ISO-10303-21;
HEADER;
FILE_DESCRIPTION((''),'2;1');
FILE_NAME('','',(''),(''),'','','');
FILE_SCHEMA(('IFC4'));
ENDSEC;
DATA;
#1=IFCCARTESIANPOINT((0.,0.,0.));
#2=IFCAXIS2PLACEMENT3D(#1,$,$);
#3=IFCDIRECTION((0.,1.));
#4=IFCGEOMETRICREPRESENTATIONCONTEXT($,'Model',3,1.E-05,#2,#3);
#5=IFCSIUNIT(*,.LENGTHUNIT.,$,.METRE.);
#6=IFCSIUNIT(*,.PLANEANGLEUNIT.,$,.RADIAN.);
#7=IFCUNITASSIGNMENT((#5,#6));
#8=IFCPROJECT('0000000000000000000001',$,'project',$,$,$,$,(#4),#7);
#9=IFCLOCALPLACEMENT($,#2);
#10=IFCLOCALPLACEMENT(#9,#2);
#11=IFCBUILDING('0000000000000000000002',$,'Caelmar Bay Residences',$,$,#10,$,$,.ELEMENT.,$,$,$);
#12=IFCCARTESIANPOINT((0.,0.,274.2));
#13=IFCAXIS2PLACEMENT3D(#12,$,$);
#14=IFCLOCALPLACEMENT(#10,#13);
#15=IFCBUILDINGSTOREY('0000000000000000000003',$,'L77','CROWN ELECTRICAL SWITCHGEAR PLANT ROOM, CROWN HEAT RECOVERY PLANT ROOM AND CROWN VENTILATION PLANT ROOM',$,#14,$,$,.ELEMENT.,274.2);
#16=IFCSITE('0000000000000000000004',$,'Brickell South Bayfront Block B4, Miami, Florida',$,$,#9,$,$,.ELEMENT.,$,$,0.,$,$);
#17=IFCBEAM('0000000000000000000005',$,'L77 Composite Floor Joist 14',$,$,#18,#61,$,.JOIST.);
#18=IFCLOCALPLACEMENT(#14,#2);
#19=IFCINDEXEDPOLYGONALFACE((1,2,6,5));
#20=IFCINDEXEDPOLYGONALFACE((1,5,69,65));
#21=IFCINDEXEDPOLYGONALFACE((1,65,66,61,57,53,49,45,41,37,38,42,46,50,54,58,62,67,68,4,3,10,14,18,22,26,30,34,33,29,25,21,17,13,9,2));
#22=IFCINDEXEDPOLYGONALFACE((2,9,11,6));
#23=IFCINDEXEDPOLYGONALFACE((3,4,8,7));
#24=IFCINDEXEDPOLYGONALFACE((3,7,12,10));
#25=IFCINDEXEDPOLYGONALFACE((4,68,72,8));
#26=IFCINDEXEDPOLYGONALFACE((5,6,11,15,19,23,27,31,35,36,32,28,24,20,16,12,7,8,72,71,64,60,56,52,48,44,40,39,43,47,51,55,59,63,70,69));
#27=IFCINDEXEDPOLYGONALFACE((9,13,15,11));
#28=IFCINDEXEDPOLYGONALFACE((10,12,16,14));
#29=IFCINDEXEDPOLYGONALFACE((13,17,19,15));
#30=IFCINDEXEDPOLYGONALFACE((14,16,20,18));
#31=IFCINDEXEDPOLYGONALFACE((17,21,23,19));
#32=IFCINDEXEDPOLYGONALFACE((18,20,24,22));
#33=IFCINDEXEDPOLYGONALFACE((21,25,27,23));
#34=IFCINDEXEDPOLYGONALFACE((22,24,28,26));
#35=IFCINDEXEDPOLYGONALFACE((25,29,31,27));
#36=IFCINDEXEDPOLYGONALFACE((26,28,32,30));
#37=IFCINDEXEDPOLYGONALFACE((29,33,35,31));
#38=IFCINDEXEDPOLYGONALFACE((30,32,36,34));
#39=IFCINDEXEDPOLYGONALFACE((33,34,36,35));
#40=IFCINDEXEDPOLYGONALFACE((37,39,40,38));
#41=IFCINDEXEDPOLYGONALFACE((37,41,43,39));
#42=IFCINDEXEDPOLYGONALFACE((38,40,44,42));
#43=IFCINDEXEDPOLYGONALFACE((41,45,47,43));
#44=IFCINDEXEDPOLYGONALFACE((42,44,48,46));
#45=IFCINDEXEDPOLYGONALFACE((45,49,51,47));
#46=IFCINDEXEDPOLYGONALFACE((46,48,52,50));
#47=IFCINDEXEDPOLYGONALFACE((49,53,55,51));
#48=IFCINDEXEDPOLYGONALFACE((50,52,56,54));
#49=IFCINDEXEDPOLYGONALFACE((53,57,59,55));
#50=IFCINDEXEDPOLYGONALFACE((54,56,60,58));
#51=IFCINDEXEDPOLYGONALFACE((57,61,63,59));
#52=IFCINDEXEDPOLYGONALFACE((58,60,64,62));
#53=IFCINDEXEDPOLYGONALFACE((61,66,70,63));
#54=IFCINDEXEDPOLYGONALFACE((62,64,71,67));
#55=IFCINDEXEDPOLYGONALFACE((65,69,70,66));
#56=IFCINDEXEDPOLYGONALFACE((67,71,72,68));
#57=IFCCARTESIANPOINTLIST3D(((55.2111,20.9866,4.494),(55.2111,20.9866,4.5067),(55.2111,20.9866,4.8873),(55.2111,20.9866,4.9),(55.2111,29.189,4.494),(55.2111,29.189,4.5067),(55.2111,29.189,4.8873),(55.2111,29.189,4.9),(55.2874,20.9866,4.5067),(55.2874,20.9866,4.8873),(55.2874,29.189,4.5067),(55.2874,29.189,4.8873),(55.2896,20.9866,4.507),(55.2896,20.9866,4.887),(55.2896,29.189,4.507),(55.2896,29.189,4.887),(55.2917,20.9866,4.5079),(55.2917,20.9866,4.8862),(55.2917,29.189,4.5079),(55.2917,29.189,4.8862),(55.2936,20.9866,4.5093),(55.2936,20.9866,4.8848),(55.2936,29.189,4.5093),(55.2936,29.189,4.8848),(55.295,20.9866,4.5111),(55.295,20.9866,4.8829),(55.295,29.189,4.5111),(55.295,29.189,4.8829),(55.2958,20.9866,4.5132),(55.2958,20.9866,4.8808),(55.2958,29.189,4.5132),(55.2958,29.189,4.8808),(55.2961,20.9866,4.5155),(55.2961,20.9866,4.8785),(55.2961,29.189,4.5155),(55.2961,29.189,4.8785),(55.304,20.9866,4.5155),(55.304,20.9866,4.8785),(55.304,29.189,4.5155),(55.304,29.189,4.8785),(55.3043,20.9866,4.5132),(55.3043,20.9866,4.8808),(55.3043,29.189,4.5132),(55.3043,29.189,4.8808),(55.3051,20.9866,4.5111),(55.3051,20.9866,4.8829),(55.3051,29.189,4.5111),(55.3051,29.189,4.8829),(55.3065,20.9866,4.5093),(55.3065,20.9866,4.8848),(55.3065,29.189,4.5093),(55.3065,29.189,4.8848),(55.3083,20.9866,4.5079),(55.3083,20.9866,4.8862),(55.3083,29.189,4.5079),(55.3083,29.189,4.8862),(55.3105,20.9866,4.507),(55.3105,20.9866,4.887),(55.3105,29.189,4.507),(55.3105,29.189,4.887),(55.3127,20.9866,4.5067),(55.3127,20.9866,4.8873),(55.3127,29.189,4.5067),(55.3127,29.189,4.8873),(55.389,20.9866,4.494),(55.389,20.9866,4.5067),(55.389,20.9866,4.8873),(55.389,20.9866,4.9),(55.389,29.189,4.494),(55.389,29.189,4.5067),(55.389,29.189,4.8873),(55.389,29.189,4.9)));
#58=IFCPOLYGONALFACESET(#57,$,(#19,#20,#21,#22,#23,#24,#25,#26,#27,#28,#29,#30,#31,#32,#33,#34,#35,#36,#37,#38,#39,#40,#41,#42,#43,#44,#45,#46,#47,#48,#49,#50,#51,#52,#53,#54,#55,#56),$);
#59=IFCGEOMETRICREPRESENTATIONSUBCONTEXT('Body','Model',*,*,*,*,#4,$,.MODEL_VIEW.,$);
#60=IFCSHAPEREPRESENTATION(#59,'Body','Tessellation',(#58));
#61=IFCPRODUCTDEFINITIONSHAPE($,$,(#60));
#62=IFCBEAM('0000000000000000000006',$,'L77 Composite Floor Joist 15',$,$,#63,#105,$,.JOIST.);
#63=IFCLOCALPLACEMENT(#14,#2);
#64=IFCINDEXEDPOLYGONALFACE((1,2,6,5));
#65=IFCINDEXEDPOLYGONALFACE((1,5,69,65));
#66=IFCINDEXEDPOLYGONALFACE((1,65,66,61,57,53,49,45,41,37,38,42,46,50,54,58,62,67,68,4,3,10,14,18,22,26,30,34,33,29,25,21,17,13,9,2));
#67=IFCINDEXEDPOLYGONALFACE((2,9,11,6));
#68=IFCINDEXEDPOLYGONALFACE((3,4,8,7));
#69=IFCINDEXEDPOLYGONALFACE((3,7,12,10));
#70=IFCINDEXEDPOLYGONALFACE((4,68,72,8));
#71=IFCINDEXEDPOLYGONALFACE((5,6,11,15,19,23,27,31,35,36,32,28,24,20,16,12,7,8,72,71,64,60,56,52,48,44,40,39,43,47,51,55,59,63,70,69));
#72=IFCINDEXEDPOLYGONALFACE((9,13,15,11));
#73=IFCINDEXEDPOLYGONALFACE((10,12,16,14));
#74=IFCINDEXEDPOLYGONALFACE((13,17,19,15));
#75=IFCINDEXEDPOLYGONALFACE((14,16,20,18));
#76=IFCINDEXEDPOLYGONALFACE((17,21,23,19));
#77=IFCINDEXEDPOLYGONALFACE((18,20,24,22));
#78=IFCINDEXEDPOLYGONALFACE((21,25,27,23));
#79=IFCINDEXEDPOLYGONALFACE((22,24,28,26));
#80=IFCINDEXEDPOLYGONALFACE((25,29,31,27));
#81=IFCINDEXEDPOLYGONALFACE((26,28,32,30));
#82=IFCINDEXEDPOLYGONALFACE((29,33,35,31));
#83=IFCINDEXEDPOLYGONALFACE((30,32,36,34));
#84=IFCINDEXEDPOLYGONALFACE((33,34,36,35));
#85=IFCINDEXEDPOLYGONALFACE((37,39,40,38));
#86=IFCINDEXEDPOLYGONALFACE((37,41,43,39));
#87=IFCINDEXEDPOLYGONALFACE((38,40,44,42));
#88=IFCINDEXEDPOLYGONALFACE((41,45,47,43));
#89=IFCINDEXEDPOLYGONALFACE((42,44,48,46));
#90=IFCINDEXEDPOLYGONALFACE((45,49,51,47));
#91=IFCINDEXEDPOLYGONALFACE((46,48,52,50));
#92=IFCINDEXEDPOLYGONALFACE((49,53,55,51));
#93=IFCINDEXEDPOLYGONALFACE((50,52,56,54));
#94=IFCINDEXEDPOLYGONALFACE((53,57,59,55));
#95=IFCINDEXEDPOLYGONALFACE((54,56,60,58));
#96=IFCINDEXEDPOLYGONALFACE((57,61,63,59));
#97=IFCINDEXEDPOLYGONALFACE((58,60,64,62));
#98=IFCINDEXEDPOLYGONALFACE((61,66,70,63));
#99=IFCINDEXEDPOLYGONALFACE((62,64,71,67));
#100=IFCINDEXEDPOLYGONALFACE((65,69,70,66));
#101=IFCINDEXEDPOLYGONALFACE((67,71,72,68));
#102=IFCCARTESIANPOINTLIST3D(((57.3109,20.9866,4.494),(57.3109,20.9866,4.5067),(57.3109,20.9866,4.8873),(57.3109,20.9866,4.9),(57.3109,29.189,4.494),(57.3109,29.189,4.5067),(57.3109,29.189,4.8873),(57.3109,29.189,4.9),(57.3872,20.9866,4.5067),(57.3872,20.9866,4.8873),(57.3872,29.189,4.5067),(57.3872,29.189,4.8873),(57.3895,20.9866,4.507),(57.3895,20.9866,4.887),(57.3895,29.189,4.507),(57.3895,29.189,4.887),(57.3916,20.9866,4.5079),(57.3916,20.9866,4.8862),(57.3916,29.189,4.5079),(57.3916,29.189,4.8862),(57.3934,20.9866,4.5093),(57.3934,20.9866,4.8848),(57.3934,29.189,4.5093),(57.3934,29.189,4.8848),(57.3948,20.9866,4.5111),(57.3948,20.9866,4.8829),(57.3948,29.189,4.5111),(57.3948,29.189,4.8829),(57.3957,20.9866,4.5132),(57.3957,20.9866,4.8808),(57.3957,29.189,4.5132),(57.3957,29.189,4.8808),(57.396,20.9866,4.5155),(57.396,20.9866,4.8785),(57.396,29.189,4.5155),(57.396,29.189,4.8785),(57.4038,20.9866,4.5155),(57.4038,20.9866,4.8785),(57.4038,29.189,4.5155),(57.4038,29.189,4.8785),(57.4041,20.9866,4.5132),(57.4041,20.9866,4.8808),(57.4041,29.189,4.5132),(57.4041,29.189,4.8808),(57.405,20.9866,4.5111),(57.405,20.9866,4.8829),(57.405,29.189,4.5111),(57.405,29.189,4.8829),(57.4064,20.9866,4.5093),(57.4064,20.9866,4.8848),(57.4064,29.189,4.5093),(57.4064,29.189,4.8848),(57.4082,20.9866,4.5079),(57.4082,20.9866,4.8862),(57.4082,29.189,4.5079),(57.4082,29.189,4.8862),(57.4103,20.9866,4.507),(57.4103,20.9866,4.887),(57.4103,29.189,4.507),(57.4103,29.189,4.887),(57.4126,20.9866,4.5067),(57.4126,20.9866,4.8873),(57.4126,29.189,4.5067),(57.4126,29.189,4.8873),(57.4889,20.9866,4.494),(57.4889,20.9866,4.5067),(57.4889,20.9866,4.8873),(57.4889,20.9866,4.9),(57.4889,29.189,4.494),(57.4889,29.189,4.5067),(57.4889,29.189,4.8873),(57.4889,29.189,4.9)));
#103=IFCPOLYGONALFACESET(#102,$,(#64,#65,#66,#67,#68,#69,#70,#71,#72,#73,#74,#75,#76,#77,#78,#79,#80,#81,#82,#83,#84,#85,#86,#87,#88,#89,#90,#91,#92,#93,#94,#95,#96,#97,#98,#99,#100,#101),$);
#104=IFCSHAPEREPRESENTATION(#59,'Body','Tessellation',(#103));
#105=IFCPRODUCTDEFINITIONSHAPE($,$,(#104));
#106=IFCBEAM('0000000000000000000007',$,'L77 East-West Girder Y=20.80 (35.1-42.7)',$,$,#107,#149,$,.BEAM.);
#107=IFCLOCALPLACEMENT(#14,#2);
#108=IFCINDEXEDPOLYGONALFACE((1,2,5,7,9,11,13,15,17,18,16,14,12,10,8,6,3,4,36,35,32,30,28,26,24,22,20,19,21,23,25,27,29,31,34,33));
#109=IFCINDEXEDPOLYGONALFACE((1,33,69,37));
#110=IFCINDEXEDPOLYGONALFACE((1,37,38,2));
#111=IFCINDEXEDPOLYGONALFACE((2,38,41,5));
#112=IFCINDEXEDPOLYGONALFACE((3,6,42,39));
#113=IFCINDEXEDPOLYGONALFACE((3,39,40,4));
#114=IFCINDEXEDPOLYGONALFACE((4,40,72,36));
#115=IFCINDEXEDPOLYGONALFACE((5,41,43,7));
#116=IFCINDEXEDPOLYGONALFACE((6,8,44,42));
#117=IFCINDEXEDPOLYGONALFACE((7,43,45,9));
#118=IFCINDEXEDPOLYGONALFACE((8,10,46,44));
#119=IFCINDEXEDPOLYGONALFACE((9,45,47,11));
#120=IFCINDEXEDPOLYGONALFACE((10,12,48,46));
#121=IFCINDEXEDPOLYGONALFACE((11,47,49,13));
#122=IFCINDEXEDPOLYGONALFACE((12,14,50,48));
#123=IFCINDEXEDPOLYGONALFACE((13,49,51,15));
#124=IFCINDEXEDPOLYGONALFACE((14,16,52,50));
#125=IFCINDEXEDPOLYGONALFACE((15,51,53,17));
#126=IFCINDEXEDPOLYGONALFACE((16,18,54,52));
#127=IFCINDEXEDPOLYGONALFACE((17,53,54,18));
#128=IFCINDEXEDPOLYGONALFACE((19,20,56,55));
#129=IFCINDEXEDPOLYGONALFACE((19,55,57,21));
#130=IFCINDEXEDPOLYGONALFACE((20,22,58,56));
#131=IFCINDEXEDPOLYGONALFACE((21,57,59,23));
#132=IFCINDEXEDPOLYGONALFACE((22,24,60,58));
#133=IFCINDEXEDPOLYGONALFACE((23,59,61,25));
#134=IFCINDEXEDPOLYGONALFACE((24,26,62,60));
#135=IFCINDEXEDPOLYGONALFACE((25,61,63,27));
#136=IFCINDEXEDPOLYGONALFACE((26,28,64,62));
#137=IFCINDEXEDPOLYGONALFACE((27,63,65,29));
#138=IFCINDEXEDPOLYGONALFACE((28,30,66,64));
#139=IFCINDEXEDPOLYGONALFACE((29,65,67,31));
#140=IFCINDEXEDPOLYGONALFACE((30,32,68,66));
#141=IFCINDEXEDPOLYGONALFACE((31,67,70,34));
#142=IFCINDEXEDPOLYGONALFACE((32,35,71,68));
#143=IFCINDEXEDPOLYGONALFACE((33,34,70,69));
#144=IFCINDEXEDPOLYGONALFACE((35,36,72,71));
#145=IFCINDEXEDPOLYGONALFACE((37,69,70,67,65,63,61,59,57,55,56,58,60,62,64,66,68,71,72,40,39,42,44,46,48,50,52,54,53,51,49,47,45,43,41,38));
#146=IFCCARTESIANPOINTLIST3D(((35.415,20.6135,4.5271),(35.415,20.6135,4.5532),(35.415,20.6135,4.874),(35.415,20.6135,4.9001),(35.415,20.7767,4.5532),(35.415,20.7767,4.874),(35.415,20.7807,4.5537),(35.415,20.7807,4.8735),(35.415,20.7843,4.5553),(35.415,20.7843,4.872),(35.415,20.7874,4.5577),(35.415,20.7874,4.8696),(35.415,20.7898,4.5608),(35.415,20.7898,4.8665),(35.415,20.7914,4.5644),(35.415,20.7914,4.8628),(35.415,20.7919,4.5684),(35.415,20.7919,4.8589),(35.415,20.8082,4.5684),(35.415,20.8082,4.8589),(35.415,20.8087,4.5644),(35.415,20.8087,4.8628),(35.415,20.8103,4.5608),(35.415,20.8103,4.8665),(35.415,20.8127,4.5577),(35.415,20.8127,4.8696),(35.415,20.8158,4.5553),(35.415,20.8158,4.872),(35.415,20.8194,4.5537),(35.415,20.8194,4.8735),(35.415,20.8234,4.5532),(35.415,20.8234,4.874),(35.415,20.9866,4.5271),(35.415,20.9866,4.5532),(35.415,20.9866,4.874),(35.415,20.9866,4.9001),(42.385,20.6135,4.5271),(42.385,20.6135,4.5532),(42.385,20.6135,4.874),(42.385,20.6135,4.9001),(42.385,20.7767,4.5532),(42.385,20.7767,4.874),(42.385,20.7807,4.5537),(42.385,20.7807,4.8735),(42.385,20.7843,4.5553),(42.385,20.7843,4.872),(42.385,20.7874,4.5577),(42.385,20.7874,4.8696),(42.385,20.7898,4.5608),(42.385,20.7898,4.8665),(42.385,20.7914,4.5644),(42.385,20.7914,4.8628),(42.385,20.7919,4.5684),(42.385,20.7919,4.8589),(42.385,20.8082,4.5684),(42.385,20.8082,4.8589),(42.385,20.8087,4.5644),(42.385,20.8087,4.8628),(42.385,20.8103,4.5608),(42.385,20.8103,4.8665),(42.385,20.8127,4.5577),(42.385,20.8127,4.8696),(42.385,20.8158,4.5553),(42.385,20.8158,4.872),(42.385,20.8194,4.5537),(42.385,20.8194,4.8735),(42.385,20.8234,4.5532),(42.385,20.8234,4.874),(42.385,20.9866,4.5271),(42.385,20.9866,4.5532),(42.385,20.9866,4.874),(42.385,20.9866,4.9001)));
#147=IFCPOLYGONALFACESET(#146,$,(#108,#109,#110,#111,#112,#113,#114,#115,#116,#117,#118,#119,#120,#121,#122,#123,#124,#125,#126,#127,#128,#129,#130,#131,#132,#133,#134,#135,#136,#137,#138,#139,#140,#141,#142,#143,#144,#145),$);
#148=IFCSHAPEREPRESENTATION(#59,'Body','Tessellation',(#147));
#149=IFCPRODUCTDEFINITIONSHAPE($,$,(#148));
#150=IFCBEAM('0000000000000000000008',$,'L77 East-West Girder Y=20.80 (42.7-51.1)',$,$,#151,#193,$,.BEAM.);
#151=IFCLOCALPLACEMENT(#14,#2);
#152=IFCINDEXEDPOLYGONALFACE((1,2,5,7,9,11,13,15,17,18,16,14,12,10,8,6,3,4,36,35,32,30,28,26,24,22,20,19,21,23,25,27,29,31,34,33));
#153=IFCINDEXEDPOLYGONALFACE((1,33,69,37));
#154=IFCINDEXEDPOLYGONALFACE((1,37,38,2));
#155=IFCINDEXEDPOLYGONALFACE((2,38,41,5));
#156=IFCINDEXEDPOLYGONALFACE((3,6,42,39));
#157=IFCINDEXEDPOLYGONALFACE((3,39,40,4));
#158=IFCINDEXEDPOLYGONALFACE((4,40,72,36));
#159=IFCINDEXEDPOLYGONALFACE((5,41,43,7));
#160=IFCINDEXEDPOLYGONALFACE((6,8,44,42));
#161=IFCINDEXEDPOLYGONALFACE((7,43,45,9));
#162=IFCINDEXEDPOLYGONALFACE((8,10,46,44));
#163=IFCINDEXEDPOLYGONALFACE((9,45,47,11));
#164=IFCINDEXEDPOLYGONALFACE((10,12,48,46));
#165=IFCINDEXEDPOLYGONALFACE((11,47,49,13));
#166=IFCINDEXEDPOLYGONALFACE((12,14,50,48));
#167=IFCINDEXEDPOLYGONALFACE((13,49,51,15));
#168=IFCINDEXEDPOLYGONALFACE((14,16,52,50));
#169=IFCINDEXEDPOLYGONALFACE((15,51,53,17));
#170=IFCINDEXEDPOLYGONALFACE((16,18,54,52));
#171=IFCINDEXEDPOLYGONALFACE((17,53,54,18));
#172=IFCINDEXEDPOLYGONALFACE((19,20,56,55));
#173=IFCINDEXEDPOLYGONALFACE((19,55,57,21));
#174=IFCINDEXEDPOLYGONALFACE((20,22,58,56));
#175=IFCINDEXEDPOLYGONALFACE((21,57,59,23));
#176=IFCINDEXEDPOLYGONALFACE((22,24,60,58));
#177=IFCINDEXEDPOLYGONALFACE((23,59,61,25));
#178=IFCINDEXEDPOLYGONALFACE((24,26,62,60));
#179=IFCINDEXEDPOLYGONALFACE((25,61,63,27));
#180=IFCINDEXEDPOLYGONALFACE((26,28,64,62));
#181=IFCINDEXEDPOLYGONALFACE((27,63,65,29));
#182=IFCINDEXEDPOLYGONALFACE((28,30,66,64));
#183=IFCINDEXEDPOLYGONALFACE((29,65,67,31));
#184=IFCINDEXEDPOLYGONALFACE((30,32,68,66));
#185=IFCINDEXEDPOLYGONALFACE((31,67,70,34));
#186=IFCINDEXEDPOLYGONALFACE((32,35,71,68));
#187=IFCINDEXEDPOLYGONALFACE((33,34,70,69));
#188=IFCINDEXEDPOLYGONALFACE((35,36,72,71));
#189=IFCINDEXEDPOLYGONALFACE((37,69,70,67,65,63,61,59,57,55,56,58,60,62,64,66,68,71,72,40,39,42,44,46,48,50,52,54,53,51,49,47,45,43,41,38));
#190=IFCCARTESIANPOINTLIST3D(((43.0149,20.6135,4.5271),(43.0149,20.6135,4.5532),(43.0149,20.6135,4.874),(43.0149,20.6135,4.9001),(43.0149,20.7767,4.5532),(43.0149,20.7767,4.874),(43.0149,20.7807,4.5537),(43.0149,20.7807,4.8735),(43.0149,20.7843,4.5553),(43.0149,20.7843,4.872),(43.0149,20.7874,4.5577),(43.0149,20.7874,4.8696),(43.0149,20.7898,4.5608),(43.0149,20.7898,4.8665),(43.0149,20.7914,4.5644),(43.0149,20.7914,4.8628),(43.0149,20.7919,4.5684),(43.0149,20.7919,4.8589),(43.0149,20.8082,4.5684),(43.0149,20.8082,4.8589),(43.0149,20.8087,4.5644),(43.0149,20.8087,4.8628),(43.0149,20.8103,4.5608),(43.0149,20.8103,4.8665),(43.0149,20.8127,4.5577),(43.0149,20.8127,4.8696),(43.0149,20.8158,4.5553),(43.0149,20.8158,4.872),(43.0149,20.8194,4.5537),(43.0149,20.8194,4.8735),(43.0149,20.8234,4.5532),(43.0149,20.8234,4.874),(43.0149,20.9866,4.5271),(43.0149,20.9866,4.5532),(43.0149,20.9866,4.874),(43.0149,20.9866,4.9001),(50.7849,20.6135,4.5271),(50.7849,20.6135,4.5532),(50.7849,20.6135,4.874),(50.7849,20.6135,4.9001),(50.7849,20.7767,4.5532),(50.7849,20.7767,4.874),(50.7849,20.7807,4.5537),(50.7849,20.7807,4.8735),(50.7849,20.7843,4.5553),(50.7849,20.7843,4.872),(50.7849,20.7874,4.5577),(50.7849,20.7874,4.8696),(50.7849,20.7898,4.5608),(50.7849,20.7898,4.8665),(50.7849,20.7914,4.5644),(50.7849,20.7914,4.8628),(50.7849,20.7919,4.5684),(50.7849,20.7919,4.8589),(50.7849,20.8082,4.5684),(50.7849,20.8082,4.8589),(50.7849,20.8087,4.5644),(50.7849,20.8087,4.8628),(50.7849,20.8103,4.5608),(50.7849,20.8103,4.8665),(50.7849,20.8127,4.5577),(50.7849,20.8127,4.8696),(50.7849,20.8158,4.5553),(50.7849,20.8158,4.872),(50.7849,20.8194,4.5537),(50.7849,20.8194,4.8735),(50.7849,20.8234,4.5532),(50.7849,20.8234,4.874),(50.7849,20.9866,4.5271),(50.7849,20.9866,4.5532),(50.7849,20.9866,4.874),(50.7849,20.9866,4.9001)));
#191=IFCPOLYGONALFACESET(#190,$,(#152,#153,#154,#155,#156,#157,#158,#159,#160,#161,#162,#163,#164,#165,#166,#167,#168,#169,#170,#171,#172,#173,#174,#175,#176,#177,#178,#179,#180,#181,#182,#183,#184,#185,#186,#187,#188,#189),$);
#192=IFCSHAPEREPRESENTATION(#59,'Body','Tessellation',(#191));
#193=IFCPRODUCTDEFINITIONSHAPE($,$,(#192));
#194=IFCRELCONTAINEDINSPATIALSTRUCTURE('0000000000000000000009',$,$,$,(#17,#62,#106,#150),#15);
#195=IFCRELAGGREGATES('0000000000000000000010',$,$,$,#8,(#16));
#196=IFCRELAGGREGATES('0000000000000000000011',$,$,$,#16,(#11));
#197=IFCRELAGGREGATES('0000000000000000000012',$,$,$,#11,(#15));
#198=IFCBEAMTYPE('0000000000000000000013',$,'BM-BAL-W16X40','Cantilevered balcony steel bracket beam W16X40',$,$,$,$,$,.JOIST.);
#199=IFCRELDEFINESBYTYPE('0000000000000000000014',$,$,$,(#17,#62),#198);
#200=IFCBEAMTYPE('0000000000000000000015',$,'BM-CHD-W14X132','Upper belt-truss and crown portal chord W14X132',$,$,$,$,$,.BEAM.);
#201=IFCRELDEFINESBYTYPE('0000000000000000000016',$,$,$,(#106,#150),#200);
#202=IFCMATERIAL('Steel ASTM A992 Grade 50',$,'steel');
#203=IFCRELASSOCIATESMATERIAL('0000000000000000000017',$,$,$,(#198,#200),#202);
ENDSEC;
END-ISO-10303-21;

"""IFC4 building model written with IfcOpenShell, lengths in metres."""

from ifc_helpers import new_model, si_unit, direction, frame, origin, origin_2d, place, context, subcontext, project, spatial, i_section, extrude, material, material_profile, profile_set, type_object, element, save


model = new_model("IFC4")

# Units and contexts
model_context = context("Model", 3, precision=1e-05, world=origin(), true_north=direction((0.0, 1.0)))
body_context = subcontext(model_context, "Body", "Model", "MODEL_VIEW")
ifc_project = project(units=[si_unit("LENGTHUNIT", "METRE"), si_unit("PLANEANGLEUNIT", "RADIAN")], contexts=[model_context])

# Site, building, storey
site_placement = place(None, origin())
site = spatial("IfcSite", under=ifc_project, at=site_placement, Name="Brickell South Bayfront Block B4, Miami, Florida", CompositionType="ELEMENT", RefElevation=0.0)
building_placement = place(site_placement, origin())
building = spatial("IfcBuilding", under=site, at=building_placement, Name="Caelmar Bay Residences", CompositionType="ELEMENT")
storey_placement = place(building_placement, frame((0.0, 0.0, 274.2)))
storey = spatial("IfcBuildingStorey", under=building, at=storey_placement, Name="L77", Description="CROWN ELECTRICAL SWITCHGEAR PLANT ROOM, CROWN HEAT RECOVERY PLANT ROOM AND CROWN VENTILATION PLANT ROOM", CompositionType="ELEMENT", Elevation=274.2)

# Beams
ifc_material_1 = material(Name="Steel ASTM A992 Grade 50", Category="steel")
ifc_material_profile_1 = material_profile(ifc_material_1, i_section(OverallWidth=0.178, OverallDepth=0.406, WebThickness=0.0078, FlangeThickness=0.0127, FilletRadius=0.0088, at=origin_2d()), Name="W16X40")
ifc_profile_set_1 = profile_set([ifc_material_profile_1], Name="Steel ASTM A992 Grade 50")
beam_type_1 = type_object("IfcBeamType", Name="BM-BAL-W16X40", Description="Cantilevered balcony steel bracket beam W16X40", PredefinedType="JOIST", material=ifc_profile_set_1)
for number, where, z_axis, x_axis, name in (
    (1, (55.3, 20.9866, 4.697), (0.0, 1.0, 0.0), (-1.0, 0.0, 0.0), "L77 Composite Floor Joist 14"),
    (2, (57.3999, 20.9866, 4.697), (0.0, 1.0, 0.0), (-1.0, 0.0, 0.0), "L77 Composite Floor Joist 15"),
):
    element("IfcBeam", number, at=place(storey_placement, frame(where, z_axis=z_axis, x_axis=x_axis)), inside=storey, type_object=beam_type_1, Name=name, PredefinedType="JOIST", context=body_context, shape_type="SweptSolid", body=[
        extrude(i_section(OverallWidth=0.178, OverallDepth=0.406, WebThickness=0.0078, FlangeThickness=0.0127, FilletRadius=0.0088, at=origin_2d()), origin(), (0.0, 0.0, 1.0), 8.2024),
    ])
ifc_material_profile_2 = material_profile(ifc_material_1, i_section(OverallWidth=0.373, OverallDepth=0.373, WebThickness=0.0164, FlangeThickness=0.0261, FilletRadius=0.0151, at=origin_2d()), Name="W14X132")
ifc_profile_set_2 = profile_set([ifc_material_profile_2], Name="Steel ASTM A992 Grade 50")
beam_type_2 = type_object("IfcBeamType", Name="BM-CHD-W14X132", Description="Upper belt-truss and crown portal chord W14X132", PredefinedType="BEAM", material=ifc_profile_set_2)
beam_placement = place(storey_placement, frame((35.415, 20.8, 4.7136), z_axis=(1.0, 0.0, 0.0), x_axis=(0.0, 1.0, 0.0)))
element("IfcBeam", 3, at=beam_placement, inside=storey, type_object=beam_type_2, Name="L77 East-West Girder Y=20.80 (35.1-42.7)", PredefinedType="BEAM", context=body_context, shape_type="SweptSolid", body=[
    extrude(i_section(OverallWidth=0.373, OverallDepth=0.373, WebThickness=0.0164, FlangeThickness=0.0261, FilletRadius=0.0151, at=origin_2d()), origin(), (0.0, 0.0, 1.0), 6.97),
])
for number, where, z_axis, x_axis, name in (
    (4, (43.0149, 20.8, 4.7136), (1.0, 0.0, 0.0), (0.0, 1.0, 0.0), "L77 East-West Girder Y=20.80 (42.7-51.1)"),
):
    element("IfcBeam", number, at=place(storey_placement, frame(where, z_axis=z_axis, x_axis=x_axis)), inside=storey, type_object=beam_type_2, Name=name, PredefinedType="BEAM", context=body_context, shape_type="SweptSolid", body=[
        extrude(i_section(OverallWidth=0.373, OverallDepth=0.373, WebThickness=0.0164, FlangeThickness=0.0261, FilletRadius=0.0151, at=origin_2d()), origin(), (0.0, 0.0, 1.0), 7.77),
    ])

save(model, "model.ifc")
